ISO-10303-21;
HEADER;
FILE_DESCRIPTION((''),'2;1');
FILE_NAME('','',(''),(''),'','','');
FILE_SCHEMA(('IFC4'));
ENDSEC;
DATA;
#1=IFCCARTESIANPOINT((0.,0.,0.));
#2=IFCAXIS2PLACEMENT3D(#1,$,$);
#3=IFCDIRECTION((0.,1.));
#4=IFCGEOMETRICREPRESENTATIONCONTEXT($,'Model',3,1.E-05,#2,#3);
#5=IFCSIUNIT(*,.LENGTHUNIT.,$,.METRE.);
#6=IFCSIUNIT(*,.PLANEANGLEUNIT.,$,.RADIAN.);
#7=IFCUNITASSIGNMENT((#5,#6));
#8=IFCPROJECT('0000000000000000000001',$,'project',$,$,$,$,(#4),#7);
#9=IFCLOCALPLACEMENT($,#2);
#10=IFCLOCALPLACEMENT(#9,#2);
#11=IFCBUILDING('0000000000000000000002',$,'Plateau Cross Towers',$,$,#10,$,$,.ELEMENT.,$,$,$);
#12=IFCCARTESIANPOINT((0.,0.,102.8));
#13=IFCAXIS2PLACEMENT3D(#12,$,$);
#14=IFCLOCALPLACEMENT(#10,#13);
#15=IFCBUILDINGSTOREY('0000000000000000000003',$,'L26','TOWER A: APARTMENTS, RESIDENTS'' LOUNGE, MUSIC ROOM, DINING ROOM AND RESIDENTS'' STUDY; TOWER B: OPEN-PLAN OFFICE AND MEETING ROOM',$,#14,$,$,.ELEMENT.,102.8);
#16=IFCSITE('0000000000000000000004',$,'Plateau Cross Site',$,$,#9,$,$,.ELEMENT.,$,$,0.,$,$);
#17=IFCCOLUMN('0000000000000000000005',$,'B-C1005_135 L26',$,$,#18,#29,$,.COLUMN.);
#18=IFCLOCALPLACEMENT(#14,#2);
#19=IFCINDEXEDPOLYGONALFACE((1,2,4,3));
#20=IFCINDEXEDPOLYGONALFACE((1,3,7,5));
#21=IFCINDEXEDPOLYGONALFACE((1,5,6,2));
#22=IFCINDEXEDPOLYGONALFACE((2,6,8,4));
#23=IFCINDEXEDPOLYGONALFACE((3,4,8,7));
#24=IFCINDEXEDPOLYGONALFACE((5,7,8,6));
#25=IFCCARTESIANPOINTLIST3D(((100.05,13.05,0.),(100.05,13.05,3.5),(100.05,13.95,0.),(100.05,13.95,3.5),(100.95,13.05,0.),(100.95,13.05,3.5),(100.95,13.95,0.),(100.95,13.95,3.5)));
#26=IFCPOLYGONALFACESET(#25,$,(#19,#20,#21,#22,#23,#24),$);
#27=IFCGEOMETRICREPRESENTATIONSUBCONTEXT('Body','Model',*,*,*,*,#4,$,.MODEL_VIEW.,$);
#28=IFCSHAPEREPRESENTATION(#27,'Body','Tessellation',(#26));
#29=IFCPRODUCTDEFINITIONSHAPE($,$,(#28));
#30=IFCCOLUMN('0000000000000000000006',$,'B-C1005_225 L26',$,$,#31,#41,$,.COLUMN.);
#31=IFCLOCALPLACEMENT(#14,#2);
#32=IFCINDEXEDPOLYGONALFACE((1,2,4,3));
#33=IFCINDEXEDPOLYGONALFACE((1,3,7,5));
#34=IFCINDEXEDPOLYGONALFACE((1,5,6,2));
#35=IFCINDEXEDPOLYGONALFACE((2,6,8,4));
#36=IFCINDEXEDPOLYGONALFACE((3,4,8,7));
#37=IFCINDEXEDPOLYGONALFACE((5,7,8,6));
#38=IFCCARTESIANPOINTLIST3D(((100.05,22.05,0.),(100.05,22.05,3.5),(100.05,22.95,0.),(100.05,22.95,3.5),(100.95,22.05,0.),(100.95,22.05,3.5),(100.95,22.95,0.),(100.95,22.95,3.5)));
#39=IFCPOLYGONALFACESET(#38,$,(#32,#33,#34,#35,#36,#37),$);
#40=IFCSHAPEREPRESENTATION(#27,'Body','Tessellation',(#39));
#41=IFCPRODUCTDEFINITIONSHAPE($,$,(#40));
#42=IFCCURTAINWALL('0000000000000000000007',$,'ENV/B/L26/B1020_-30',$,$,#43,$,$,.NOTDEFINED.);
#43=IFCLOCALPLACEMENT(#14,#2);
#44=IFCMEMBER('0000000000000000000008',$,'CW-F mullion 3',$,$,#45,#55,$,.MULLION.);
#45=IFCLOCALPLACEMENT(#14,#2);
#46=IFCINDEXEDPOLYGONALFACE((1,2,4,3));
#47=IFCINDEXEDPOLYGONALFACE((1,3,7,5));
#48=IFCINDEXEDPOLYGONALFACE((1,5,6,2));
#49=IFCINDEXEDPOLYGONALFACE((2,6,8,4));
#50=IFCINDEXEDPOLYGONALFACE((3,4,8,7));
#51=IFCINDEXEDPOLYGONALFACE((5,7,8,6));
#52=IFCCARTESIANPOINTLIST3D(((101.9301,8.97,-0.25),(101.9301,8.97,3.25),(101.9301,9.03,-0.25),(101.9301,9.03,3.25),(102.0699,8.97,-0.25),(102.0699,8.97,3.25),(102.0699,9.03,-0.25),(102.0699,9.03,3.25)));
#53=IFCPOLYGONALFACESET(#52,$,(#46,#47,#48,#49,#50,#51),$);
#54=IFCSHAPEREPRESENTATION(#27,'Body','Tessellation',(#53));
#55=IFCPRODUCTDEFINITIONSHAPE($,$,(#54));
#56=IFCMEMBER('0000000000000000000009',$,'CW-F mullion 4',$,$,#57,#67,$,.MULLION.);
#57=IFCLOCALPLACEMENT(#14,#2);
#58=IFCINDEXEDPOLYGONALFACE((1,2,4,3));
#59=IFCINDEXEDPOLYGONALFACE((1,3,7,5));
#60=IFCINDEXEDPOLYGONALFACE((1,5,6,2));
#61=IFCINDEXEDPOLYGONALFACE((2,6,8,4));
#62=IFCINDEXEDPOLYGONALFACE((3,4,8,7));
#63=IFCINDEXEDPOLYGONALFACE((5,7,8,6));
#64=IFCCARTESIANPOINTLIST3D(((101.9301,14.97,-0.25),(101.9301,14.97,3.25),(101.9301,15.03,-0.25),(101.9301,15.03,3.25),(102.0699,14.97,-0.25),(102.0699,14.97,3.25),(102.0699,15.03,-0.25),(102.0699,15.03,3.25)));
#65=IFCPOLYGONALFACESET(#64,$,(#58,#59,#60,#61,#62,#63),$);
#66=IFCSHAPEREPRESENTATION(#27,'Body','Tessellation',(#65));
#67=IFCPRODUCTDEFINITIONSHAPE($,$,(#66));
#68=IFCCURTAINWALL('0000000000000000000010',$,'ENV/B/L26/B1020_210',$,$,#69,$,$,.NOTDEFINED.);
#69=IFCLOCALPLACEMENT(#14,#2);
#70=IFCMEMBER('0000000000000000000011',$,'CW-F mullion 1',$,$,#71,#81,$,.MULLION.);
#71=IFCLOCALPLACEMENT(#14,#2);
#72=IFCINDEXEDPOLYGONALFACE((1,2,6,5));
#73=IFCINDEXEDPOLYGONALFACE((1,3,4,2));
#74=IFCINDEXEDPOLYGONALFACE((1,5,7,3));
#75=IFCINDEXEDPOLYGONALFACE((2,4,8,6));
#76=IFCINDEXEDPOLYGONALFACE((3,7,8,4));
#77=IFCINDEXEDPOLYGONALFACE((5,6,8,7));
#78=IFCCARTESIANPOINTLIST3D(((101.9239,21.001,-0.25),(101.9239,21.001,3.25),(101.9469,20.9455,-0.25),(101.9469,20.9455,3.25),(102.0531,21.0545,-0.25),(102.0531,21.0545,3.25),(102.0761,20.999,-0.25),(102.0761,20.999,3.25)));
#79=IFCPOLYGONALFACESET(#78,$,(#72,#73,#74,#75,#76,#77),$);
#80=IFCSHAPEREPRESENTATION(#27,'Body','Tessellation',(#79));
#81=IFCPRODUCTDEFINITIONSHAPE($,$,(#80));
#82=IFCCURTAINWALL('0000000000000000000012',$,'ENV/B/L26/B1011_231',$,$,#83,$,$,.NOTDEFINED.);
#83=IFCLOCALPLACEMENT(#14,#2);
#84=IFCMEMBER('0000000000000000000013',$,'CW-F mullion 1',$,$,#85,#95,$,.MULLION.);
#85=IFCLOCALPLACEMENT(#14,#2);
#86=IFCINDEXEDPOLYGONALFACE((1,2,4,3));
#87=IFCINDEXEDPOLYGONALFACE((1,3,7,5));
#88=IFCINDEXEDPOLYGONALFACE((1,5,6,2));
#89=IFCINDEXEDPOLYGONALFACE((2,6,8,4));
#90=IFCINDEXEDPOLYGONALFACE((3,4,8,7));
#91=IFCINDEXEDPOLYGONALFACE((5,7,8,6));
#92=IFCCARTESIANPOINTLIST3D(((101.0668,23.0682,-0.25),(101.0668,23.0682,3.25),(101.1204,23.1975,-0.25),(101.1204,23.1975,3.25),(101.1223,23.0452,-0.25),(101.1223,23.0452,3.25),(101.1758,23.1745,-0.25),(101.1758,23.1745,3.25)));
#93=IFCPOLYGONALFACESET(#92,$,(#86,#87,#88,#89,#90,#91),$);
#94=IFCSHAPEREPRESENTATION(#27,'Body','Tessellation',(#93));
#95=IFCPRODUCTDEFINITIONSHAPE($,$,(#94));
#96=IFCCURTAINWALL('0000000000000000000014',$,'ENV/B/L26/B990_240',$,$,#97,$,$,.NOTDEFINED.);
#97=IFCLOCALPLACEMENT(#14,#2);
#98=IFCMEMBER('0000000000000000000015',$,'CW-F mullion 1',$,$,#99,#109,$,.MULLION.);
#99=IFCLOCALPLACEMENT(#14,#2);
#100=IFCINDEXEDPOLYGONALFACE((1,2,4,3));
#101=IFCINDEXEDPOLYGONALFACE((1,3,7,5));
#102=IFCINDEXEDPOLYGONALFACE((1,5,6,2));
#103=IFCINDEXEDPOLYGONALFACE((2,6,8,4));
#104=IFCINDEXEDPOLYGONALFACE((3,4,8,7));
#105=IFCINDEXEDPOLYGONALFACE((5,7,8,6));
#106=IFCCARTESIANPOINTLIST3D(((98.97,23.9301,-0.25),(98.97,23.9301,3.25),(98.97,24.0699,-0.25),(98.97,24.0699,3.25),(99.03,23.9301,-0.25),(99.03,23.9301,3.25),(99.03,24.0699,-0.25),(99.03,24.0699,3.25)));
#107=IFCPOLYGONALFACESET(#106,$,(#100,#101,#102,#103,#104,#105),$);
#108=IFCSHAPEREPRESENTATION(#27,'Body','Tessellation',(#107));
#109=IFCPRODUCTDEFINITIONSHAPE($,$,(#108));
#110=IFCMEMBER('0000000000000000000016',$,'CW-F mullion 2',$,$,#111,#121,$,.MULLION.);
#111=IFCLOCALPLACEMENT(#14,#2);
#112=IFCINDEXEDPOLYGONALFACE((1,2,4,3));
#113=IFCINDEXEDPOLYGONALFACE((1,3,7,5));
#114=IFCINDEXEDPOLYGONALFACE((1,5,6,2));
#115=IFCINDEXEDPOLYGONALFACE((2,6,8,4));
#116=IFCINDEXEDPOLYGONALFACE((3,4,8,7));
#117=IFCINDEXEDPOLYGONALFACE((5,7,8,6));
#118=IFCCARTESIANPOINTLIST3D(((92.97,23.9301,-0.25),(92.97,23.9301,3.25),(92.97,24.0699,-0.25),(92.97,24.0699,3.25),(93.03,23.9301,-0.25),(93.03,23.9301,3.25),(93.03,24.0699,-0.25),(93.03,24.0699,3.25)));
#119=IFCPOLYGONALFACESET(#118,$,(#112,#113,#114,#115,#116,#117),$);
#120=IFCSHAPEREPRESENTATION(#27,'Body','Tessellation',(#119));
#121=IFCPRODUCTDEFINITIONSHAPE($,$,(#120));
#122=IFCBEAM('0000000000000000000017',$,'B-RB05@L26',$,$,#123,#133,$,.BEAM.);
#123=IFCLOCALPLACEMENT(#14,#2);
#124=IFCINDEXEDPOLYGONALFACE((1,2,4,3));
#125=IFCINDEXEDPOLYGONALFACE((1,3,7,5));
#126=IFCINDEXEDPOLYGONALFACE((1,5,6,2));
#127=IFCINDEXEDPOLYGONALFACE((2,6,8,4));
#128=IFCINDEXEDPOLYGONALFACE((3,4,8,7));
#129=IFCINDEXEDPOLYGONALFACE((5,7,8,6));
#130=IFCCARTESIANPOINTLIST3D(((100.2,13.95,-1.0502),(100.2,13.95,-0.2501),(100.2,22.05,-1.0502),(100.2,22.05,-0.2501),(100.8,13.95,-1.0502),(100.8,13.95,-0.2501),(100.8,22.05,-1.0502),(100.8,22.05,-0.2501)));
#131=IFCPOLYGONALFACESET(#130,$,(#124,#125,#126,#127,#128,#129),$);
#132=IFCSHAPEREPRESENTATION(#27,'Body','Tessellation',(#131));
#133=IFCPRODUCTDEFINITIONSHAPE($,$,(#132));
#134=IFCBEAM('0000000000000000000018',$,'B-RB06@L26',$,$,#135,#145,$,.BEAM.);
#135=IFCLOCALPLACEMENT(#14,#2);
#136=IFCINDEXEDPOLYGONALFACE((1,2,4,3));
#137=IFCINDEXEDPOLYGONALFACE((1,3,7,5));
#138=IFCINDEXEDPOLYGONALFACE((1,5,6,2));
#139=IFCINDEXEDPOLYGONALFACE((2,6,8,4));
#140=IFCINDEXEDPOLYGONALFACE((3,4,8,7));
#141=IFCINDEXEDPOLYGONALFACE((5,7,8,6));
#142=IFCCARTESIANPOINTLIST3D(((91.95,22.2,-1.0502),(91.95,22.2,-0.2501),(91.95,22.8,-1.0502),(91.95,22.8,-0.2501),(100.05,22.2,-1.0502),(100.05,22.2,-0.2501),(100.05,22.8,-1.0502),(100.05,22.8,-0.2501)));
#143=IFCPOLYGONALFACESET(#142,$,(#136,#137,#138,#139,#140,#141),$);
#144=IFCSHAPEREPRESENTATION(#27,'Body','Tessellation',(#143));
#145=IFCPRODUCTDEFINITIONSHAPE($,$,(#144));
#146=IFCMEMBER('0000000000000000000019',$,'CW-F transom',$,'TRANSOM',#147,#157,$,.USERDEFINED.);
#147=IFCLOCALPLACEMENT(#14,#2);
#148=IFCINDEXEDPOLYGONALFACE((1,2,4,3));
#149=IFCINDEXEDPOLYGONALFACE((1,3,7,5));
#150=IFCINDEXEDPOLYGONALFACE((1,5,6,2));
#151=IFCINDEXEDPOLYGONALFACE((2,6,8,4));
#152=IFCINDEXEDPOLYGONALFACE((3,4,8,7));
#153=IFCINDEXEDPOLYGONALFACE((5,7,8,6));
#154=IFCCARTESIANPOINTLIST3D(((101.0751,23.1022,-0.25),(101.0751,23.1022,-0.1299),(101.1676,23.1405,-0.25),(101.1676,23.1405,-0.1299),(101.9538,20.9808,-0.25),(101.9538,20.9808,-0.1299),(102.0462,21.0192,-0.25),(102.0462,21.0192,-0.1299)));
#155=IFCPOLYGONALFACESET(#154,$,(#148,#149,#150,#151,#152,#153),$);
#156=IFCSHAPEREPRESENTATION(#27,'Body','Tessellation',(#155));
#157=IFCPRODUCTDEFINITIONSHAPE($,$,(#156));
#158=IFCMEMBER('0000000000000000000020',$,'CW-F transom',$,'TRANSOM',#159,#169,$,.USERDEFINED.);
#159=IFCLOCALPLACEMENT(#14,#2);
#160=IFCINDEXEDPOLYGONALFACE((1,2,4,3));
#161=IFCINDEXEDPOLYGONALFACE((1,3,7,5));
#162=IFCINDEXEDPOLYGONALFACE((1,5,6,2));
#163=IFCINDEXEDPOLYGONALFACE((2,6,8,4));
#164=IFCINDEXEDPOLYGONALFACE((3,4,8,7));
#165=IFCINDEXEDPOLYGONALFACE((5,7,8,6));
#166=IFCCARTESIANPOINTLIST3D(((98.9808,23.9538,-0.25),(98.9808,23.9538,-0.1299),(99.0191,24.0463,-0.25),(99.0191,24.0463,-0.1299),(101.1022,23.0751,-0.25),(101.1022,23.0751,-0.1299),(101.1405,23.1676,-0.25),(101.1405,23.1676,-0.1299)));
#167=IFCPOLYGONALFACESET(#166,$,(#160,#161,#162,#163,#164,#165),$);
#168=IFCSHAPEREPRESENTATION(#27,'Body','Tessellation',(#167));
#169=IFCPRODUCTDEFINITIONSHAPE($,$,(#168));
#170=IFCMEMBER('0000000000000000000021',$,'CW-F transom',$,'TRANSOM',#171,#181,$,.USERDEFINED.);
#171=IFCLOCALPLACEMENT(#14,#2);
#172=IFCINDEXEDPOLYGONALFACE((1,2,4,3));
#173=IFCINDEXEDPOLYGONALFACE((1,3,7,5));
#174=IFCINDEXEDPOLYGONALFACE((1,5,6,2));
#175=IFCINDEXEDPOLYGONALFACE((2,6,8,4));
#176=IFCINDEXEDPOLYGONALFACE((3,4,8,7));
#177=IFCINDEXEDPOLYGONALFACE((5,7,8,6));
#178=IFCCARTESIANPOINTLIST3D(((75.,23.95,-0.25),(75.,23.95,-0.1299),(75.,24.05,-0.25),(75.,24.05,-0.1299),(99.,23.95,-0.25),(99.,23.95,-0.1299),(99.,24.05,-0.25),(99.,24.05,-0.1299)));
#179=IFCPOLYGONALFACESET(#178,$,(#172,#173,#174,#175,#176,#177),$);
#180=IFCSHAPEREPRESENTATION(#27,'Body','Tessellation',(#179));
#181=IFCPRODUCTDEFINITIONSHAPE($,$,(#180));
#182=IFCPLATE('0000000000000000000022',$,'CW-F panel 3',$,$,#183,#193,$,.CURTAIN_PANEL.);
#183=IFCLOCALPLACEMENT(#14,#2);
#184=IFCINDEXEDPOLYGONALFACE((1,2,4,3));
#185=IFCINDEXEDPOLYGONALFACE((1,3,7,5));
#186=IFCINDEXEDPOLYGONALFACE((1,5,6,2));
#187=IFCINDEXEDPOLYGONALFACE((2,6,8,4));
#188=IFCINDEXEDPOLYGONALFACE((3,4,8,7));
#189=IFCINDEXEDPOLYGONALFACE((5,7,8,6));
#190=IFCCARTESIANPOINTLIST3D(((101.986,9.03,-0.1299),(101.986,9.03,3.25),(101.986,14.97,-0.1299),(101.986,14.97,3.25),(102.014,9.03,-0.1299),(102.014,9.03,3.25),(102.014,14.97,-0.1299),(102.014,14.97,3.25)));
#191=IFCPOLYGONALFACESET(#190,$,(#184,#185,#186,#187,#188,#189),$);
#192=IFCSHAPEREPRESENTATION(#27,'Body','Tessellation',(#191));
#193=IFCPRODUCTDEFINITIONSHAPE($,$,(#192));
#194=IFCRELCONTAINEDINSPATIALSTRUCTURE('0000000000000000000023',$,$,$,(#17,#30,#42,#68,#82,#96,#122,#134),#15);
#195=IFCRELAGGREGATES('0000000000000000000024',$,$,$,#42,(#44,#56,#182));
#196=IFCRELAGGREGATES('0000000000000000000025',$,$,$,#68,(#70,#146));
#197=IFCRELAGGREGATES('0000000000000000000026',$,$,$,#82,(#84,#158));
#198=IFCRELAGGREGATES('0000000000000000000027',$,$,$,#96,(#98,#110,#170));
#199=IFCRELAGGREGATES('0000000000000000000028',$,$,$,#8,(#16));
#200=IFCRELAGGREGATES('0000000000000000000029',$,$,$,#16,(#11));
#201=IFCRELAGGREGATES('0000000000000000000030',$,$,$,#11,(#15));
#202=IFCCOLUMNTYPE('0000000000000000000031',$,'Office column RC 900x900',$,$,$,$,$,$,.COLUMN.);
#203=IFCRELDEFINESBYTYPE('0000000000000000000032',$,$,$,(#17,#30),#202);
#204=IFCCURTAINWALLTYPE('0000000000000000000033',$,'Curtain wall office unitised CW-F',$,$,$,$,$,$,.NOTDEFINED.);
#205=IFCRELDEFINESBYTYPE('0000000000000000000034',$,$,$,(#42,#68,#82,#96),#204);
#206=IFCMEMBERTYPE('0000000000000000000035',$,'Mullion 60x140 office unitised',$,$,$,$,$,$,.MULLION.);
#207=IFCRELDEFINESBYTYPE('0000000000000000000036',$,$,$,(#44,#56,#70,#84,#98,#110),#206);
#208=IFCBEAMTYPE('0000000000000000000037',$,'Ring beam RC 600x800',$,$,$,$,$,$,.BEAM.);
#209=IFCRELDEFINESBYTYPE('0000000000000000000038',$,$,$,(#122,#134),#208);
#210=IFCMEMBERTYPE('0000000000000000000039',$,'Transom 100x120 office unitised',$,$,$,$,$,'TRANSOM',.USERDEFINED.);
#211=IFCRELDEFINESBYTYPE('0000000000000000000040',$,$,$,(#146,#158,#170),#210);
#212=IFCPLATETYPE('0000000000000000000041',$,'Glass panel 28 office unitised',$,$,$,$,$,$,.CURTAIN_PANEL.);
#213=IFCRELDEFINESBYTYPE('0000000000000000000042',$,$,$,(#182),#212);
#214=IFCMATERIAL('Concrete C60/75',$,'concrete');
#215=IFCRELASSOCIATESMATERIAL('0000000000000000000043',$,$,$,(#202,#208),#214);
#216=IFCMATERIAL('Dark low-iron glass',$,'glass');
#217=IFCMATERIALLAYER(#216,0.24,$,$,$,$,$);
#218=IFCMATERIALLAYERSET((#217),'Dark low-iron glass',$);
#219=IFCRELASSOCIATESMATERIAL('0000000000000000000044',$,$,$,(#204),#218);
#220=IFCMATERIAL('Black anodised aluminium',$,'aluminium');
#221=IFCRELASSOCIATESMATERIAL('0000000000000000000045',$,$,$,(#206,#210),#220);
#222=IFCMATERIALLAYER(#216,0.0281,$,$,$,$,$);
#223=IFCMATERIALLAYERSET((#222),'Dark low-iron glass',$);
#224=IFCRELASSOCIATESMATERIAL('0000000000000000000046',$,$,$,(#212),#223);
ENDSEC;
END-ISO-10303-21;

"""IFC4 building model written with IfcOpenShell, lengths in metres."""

from ifc_helpers import new_model, si_unit, direction, frame, origin, origin_2d, place, context, subcontext, project, spatial, rectangle, extrude, material, layer, layer_set, material_profile, profile_set, type_object, element, aggregate, save


model = new_model("IFC4")

# Units and contexts
model_context = context("Model", 3, precision=1e-05, world=origin(), true_north=direction((0.0, 1.0)))
body_context = subcontext(model_context, "Body", "Model", "MODEL_VIEW")
ifc_project = project(units=[si_unit("LENGTHUNIT", "METRE"), si_unit("PLANEANGLEUNIT", "RADIAN")], contexts=[model_context])

# Site, building, storey
site_placement = place(None, origin())
site = spatial("IfcSite", under=ifc_project, at=site_placement, Name="Plateau Cross Site", CompositionType="ELEMENT", RefElevation=0.0)
building_placement = place(site_placement, origin())
building = spatial("IfcBuilding", under=site, at=building_placement, Name="Plateau Cross Towers", CompositionType="ELEMENT")
storey_placement = place(building_placement, frame((0.0, 0.0, 102.8)))
storey = spatial("IfcBuildingStorey", under=building, at=storey_placement, Name="L26", Description="TOWER A: APARTMENTS, RESIDENTS' LOUNGE, MUSIC ROOM, DINING ROOM AND RESIDENTS' STUDY; TOWER B: OPEN-PLAN OFFICE AND MEETING ROOM", CompositionType="ELEMENT", Elevation=102.8)

# Columns
ifc_material_1 = material(Name="Concrete C60/75", Category="concrete")
ifc_material_profile_1 = material_profile(ifc_material_1, rectangle(XDim=0.8999, YDim=0.8999, at=origin_2d()), Name="RC 900x900")
ifc_profile_set_1 = profile_set([ifc_material_profile_1], Name="Concrete C60/75")
column_type = type_object("IfcColumnType", Name="Office column RC 900x900", PredefinedType="COLUMN", material=ifc_profile_set_1)
for number, where, z_axis, x_axis, name in (
    (1, (100.5, 13.5, 0.0), (0.0, 0.0, 1.0), (1.0, 0.0, 0.0), "B-C1005_135 L26"),
    (2, (100.5, 22.5, 0.0), (0.0, 0.0, 1.0), (1.0, 0.0, 0.0), "B-C1005_225 L26"),
):
    element("IfcColumn", number, at=place(storey_placement, frame(where, z_axis=z_axis, x_axis=x_axis)), inside=storey, type_object=column_type, Name=name, PredefinedType="COLUMN", context=body_context, shape_type="SweptSolid", body=[
        extrude(rectangle(XDim=0.8999, YDim=0.8999, at=origin_2d()), origin(), (0.0, 0.0, 1.0), 3.5),
    ])

# Curtain wall, members
ifc_material_2 = material(Name="Dark low-iron glass", Category="glass")
ifc_layer_1 = layer(ifc_material_2, 0.24)
ifc_layer_set_1 = layer_set([ifc_layer_1], Name="Dark low-iron glass")
curtain_wall_type = type_object("IfcCurtainWallType", Name="Curtain wall office unitised CW-F", PredefinedType="NOTDEFINED", material=ifc_layer_set_1)
curtain_wall_1_placement = place(storey_placement, origin())
curtain_wall_1 = element("IfcCurtainWall", 3, at=curtain_wall_1_placement, inside=storey, type_object=curtain_wall_type, Name="ENV/B/L26/B1020_-30", PredefinedType="NOTDEFINED")
ifc_material_3 = material(Name="Black anodised aluminium", Category="aluminium")
ifc_material_profile_2 = material_profile(ifc_material_3, rectangle(XDim=0.0601, YDim=0.1399, at=origin_2d()), Name="MULLION 60x140")
ifc_profile_set_2 = profile_set([ifc_material_profile_2], Name="Black anodised aluminium")
member_type_1 = type_object("IfcMemberType", Name="Mullion 60x140 office unitised", PredefinedType="MULLION", material=ifc_profile_set_2)
member_1_placement = place(storey_placement, frame((102.0, 9.0, -0.25), z_axis=(0.0, 0.0, 1.0), x_axis=(0.0, 1.0, 0.0)))
member_1 = element("IfcMember", 4, at=member_1_placement, type_object=member_type_1, Name="CW-F mullion 3", PredefinedType="MULLION", context=body_context, shape_type="SweptSolid", body=[
    extrude(rectangle(XDim=0.0601, YDim=0.1399, at=origin_2d()), origin(), (0.0, 0.0, 1.0), 3.5),
])
member_2_placement = place(storey_placement, frame((102.0, 15.0, -0.25), z_axis=(0.0, 0.0, 1.0), x_axis=(0.0, 1.0, 0.0)))
member_2 = element("IfcMember", 5, at=member_2_placement, type_object=member_type_1, Name="CW-F mullion 4", PredefinedType="MULLION", context=body_context, shape_type="SweptSolid", body=[
    extrude(rectangle(XDim=0.0601, YDim=0.1399, at=origin_2d()), origin(), (0.0, 0.0, 1.0), 3.5),
])

# Curtain walls, members
curtain_wall_2_placement = place(storey_placement, origin())
curtain_wall_2 = element("IfcCurtainWall", 6, at=curtain_wall_2_placement, inside=storey, type_object=curtain_wall_type, Name="ENV/B/L26/B1020_210", PredefinedType="NOTDEFINED")
member_3_placement = place(storey_placement, frame((102.0, 21.0, -0.25), z_axis=(0.0, 0.0, 1.0), x_axis=(-0.382684, 0.923879, 0.0)))
member_3 = element("IfcMember", 7, at=member_3_placement, type_object=member_type_1, Name="CW-F mullion 1", PredefinedType="MULLION", context=body_context, shape_type="SweptSolid", body=[
    extrude(rectangle(XDim=0.0601, YDim=0.1399, at=origin_2d()), origin(), (0.0, 0.0, 1.0), 3.5),
])
curtain_wall_3_placement = place(storey_placement, origin())
curtain_wall_3 = element("IfcCurtainWall", 8, at=curtain_wall_3_placement, inside=storey, type_object=curtain_wall_type, Name="ENV/B/L26/B1011_231", PredefinedType="NOTDEFINED")
member_4_placement = place(storey_placement, frame((101.1213, 23.1213, -0.25), z_axis=(0.0, 0.0, 1.0), x_axis=(-0.923879, 0.382684, 0.0)))
member_4 = element("IfcMember", 9, at=member_4_placement, type_object=member_type_1, Name="CW-F mullion 1", PredefinedType="MULLION", context=body_context, shape_type="SweptSolid", body=[
    extrude(rectangle(XDim=0.0601, YDim=0.1399, at=origin_2d()), origin(), (0.0, 0.0, 1.0), 3.5),
])

# Curtain wall, members
curtain_wall_4_placement = place(storey_placement, origin())
curtain_wall_4 = element("IfcCurtainWall", 10, at=curtain_wall_4_placement, inside=storey, type_object=curtain_wall_type, Name="ENV/B/L26/B990_240", PredefinedType="NOTDEFINED")
member_5_placement = place(storey_placement, frame((99.0, 24.0, -0.25), z_axis=(0.0, 0.0, 1.0), x_axis=(-1.0, 0.0, 0.0)))
member_5 = element("IfcMember", 11, at=member_5_placement, type_object=member_type_1, Name="CW-F mullion 1", PredefinedType="MULLION", context=body_context, shape_type="SweptSolid", body=[
    extrude(rectangle(XDim=0.0601, YDim=0.1399, at=origin_2d()), origin(), (0.0, 0.0, 1.0), 3.5),
])
member_6_placement = place(storey_placement, frame((93.0, 24.0, -0.25), z_axis=(0.0, 0.0, 1.0), x_axis=(-1.0, 0.0, 0.0)))
member_6 = element("IfcMember", 12, at=member_6_placement, type_object=member_type_1, Name="CW-F mullion 2", PredefinedType="MULLION", context=body_context, shape_type="SweptSolid", body=[
    extrude(rectangle(XDim=0.0601, YDim=0.1399, at=origin_2d()), origin(), (0.0, 0.0, 1.0), 3.5),
])

# Beams
ifc_material_profile_3 = material_profile(ifc_material_1, rectangle(XDim=0.6001, YDim=0.8, at=origin_2d()), Name="RC 600x800")
ifc_profile_set_3 = profile_set([ifc_material_profile_3], Name="Concrete C60/75")
beam_type = type_object("IfcBeamType", Name="Ring beam RC 600x800", PredefinedType="BEAM", material=ifc_profile_set_3)
for number, where, z_axis, x_axis, name in (
    (13, (100.5, 13.95, -0.6501), (0.0, 1.0, 0.0), (-1.0, 0.0, 0.0), "B-RB05@L26"),
    (14, (100.05, 22.5, -0.6501), (-1.0, 0.0, 0.0), (0.0, -1.0, 0.0), "B-RB06@L26"),
):
    element("IfcBeam", number, at=place(storey_placement, frame(where, z_axis=z_axis, x_axis=x_axis)), inside=storey, type_object=beam_type, Name=name, PredefinedType="BEAM", context=body_context, shape_type="SweptSolid", body=[
        extrude(rectangle(XDim=0.6001, YDim=0.8, at=origin_2d()), origin(), (0.0, 0.0, 1.0), 8.1001),
    ])

# Members
ifc_material_profile_4 = material_profile(ifc_material_3, rectangle(XDim=0.1001, YDim=0.1201, at=origin_2d()), Name="TRANSOM 100x120")
ifc_profile_set_4 = profile_set([ifc_material_profile_4], Name="Black anodised aluminium")
member_type_2 = type_object("IfcMemberType", Name="Transom 100x120 office unitised", ElementType="TRANSOM", PredefinedType="USERDEFINED", material=ifc_profile_set_4)
member_7_placement = place(storey_placement, frame((102.0, 21.0, -0.1899), z_axis=(-0.382674, 0.923883, 0.0), x_axis=(-0.923883, -0.382674, 0.0)))
member_7 = element("IfcMember", 15, at=member_7_placement, type_object=member_type_2, Name="CW-F transom", ObjectType="TRANSOM", PredefinedType="USERDEFINED", context=body_context, shape_type="SweptSolid", body=[
    extrude(rectangle(XDim=0.1001, YDim=0.1201, at=origin_2d()), origin(), (0.0, 0.0, 1.0), 2.2961),
])
member_8_placement = place(storey_placement, frame((101.1213, 23.1213, -0.1899), z_axis=(-0.923883, 0.382674, 0.0), x_axis=(-0.382674, -0.923883, 0.0)))
member_8 = element("IfcMember", 16, at=member_8_placement, type_object=member_type_2, Name="CW-F transom", ObjectType="TRANSOM", PredefinedType="USERDEFINED", context=body_context, shape_type="SweptSolid", body=[
    extrude(rectangle(XDim=0.1001, YDim=0.1201, at=origin_2d()), origin(), (0.0, 0.0, 1.0), 2.2961),
])
member_9_placement = place(storey_placement, frame((99.0, 24.0, -0.1899), z_axis=(-1.0, 0.0, 0.0), x_axis=(0.0, -1.0, 0.0)))
member_9 = element("IfcMember", 17, at=member_9_placement, type_object=member_type_2, Name="CW-F transom", ObjectType="TRANSOM", PredefinedType="USERDEFINED", context=body_context, shape_type="SweptSolid", body=[
    extrude(rectangle(XDim=0.1001, YDim=0.1201, at=origin_2d()), origin(), (0.0, 0.0, 1.0), 24.0),
])

# Plate
ifc_layer_2 = layer(ifc_material_2, 0.0281)
ifc_layer_set_2 = layer_set([ifc_layer_2], Name="Dark low-iron glass")
plate_type = type_object("IfcPlateType", Name="Glass panel 28 office unitised", PredefinedType="CURTAIN_PANEL", material=ifc_layer_set_2)
plate_1_placement = place(storey_placement, frame((102.0, 12.0, -0.1299), z_axis=(0.0, 0.0, 1.0), x_axis=(0.0, 1.0, 0.0)))
plate_1 = element("IfcPlate", 18, at=plate_1_placement, type_object=plate_type, Name="CW-F panel 3", PredefinedType="CURTAIN_PANEL", context=body_context, shape_type="SweptSolid", body=[
    extrude(rectangle(XDim=5.9399, YDim=0.0281, at=origin_2d()), origin(), (0.0, 0.0, 1.0), 3.3799),
])
aggregate(curtain_wall_1, [member_1, member_2, plate_1])
aggregate(curtain_wall_2, [member_3, member_7])
aggregate(curtain_wall_3, [member_4, member_8])
aggregate(curtain_wall_4, [member_5, member_6, member_9])

save(model, "model.ifc")
